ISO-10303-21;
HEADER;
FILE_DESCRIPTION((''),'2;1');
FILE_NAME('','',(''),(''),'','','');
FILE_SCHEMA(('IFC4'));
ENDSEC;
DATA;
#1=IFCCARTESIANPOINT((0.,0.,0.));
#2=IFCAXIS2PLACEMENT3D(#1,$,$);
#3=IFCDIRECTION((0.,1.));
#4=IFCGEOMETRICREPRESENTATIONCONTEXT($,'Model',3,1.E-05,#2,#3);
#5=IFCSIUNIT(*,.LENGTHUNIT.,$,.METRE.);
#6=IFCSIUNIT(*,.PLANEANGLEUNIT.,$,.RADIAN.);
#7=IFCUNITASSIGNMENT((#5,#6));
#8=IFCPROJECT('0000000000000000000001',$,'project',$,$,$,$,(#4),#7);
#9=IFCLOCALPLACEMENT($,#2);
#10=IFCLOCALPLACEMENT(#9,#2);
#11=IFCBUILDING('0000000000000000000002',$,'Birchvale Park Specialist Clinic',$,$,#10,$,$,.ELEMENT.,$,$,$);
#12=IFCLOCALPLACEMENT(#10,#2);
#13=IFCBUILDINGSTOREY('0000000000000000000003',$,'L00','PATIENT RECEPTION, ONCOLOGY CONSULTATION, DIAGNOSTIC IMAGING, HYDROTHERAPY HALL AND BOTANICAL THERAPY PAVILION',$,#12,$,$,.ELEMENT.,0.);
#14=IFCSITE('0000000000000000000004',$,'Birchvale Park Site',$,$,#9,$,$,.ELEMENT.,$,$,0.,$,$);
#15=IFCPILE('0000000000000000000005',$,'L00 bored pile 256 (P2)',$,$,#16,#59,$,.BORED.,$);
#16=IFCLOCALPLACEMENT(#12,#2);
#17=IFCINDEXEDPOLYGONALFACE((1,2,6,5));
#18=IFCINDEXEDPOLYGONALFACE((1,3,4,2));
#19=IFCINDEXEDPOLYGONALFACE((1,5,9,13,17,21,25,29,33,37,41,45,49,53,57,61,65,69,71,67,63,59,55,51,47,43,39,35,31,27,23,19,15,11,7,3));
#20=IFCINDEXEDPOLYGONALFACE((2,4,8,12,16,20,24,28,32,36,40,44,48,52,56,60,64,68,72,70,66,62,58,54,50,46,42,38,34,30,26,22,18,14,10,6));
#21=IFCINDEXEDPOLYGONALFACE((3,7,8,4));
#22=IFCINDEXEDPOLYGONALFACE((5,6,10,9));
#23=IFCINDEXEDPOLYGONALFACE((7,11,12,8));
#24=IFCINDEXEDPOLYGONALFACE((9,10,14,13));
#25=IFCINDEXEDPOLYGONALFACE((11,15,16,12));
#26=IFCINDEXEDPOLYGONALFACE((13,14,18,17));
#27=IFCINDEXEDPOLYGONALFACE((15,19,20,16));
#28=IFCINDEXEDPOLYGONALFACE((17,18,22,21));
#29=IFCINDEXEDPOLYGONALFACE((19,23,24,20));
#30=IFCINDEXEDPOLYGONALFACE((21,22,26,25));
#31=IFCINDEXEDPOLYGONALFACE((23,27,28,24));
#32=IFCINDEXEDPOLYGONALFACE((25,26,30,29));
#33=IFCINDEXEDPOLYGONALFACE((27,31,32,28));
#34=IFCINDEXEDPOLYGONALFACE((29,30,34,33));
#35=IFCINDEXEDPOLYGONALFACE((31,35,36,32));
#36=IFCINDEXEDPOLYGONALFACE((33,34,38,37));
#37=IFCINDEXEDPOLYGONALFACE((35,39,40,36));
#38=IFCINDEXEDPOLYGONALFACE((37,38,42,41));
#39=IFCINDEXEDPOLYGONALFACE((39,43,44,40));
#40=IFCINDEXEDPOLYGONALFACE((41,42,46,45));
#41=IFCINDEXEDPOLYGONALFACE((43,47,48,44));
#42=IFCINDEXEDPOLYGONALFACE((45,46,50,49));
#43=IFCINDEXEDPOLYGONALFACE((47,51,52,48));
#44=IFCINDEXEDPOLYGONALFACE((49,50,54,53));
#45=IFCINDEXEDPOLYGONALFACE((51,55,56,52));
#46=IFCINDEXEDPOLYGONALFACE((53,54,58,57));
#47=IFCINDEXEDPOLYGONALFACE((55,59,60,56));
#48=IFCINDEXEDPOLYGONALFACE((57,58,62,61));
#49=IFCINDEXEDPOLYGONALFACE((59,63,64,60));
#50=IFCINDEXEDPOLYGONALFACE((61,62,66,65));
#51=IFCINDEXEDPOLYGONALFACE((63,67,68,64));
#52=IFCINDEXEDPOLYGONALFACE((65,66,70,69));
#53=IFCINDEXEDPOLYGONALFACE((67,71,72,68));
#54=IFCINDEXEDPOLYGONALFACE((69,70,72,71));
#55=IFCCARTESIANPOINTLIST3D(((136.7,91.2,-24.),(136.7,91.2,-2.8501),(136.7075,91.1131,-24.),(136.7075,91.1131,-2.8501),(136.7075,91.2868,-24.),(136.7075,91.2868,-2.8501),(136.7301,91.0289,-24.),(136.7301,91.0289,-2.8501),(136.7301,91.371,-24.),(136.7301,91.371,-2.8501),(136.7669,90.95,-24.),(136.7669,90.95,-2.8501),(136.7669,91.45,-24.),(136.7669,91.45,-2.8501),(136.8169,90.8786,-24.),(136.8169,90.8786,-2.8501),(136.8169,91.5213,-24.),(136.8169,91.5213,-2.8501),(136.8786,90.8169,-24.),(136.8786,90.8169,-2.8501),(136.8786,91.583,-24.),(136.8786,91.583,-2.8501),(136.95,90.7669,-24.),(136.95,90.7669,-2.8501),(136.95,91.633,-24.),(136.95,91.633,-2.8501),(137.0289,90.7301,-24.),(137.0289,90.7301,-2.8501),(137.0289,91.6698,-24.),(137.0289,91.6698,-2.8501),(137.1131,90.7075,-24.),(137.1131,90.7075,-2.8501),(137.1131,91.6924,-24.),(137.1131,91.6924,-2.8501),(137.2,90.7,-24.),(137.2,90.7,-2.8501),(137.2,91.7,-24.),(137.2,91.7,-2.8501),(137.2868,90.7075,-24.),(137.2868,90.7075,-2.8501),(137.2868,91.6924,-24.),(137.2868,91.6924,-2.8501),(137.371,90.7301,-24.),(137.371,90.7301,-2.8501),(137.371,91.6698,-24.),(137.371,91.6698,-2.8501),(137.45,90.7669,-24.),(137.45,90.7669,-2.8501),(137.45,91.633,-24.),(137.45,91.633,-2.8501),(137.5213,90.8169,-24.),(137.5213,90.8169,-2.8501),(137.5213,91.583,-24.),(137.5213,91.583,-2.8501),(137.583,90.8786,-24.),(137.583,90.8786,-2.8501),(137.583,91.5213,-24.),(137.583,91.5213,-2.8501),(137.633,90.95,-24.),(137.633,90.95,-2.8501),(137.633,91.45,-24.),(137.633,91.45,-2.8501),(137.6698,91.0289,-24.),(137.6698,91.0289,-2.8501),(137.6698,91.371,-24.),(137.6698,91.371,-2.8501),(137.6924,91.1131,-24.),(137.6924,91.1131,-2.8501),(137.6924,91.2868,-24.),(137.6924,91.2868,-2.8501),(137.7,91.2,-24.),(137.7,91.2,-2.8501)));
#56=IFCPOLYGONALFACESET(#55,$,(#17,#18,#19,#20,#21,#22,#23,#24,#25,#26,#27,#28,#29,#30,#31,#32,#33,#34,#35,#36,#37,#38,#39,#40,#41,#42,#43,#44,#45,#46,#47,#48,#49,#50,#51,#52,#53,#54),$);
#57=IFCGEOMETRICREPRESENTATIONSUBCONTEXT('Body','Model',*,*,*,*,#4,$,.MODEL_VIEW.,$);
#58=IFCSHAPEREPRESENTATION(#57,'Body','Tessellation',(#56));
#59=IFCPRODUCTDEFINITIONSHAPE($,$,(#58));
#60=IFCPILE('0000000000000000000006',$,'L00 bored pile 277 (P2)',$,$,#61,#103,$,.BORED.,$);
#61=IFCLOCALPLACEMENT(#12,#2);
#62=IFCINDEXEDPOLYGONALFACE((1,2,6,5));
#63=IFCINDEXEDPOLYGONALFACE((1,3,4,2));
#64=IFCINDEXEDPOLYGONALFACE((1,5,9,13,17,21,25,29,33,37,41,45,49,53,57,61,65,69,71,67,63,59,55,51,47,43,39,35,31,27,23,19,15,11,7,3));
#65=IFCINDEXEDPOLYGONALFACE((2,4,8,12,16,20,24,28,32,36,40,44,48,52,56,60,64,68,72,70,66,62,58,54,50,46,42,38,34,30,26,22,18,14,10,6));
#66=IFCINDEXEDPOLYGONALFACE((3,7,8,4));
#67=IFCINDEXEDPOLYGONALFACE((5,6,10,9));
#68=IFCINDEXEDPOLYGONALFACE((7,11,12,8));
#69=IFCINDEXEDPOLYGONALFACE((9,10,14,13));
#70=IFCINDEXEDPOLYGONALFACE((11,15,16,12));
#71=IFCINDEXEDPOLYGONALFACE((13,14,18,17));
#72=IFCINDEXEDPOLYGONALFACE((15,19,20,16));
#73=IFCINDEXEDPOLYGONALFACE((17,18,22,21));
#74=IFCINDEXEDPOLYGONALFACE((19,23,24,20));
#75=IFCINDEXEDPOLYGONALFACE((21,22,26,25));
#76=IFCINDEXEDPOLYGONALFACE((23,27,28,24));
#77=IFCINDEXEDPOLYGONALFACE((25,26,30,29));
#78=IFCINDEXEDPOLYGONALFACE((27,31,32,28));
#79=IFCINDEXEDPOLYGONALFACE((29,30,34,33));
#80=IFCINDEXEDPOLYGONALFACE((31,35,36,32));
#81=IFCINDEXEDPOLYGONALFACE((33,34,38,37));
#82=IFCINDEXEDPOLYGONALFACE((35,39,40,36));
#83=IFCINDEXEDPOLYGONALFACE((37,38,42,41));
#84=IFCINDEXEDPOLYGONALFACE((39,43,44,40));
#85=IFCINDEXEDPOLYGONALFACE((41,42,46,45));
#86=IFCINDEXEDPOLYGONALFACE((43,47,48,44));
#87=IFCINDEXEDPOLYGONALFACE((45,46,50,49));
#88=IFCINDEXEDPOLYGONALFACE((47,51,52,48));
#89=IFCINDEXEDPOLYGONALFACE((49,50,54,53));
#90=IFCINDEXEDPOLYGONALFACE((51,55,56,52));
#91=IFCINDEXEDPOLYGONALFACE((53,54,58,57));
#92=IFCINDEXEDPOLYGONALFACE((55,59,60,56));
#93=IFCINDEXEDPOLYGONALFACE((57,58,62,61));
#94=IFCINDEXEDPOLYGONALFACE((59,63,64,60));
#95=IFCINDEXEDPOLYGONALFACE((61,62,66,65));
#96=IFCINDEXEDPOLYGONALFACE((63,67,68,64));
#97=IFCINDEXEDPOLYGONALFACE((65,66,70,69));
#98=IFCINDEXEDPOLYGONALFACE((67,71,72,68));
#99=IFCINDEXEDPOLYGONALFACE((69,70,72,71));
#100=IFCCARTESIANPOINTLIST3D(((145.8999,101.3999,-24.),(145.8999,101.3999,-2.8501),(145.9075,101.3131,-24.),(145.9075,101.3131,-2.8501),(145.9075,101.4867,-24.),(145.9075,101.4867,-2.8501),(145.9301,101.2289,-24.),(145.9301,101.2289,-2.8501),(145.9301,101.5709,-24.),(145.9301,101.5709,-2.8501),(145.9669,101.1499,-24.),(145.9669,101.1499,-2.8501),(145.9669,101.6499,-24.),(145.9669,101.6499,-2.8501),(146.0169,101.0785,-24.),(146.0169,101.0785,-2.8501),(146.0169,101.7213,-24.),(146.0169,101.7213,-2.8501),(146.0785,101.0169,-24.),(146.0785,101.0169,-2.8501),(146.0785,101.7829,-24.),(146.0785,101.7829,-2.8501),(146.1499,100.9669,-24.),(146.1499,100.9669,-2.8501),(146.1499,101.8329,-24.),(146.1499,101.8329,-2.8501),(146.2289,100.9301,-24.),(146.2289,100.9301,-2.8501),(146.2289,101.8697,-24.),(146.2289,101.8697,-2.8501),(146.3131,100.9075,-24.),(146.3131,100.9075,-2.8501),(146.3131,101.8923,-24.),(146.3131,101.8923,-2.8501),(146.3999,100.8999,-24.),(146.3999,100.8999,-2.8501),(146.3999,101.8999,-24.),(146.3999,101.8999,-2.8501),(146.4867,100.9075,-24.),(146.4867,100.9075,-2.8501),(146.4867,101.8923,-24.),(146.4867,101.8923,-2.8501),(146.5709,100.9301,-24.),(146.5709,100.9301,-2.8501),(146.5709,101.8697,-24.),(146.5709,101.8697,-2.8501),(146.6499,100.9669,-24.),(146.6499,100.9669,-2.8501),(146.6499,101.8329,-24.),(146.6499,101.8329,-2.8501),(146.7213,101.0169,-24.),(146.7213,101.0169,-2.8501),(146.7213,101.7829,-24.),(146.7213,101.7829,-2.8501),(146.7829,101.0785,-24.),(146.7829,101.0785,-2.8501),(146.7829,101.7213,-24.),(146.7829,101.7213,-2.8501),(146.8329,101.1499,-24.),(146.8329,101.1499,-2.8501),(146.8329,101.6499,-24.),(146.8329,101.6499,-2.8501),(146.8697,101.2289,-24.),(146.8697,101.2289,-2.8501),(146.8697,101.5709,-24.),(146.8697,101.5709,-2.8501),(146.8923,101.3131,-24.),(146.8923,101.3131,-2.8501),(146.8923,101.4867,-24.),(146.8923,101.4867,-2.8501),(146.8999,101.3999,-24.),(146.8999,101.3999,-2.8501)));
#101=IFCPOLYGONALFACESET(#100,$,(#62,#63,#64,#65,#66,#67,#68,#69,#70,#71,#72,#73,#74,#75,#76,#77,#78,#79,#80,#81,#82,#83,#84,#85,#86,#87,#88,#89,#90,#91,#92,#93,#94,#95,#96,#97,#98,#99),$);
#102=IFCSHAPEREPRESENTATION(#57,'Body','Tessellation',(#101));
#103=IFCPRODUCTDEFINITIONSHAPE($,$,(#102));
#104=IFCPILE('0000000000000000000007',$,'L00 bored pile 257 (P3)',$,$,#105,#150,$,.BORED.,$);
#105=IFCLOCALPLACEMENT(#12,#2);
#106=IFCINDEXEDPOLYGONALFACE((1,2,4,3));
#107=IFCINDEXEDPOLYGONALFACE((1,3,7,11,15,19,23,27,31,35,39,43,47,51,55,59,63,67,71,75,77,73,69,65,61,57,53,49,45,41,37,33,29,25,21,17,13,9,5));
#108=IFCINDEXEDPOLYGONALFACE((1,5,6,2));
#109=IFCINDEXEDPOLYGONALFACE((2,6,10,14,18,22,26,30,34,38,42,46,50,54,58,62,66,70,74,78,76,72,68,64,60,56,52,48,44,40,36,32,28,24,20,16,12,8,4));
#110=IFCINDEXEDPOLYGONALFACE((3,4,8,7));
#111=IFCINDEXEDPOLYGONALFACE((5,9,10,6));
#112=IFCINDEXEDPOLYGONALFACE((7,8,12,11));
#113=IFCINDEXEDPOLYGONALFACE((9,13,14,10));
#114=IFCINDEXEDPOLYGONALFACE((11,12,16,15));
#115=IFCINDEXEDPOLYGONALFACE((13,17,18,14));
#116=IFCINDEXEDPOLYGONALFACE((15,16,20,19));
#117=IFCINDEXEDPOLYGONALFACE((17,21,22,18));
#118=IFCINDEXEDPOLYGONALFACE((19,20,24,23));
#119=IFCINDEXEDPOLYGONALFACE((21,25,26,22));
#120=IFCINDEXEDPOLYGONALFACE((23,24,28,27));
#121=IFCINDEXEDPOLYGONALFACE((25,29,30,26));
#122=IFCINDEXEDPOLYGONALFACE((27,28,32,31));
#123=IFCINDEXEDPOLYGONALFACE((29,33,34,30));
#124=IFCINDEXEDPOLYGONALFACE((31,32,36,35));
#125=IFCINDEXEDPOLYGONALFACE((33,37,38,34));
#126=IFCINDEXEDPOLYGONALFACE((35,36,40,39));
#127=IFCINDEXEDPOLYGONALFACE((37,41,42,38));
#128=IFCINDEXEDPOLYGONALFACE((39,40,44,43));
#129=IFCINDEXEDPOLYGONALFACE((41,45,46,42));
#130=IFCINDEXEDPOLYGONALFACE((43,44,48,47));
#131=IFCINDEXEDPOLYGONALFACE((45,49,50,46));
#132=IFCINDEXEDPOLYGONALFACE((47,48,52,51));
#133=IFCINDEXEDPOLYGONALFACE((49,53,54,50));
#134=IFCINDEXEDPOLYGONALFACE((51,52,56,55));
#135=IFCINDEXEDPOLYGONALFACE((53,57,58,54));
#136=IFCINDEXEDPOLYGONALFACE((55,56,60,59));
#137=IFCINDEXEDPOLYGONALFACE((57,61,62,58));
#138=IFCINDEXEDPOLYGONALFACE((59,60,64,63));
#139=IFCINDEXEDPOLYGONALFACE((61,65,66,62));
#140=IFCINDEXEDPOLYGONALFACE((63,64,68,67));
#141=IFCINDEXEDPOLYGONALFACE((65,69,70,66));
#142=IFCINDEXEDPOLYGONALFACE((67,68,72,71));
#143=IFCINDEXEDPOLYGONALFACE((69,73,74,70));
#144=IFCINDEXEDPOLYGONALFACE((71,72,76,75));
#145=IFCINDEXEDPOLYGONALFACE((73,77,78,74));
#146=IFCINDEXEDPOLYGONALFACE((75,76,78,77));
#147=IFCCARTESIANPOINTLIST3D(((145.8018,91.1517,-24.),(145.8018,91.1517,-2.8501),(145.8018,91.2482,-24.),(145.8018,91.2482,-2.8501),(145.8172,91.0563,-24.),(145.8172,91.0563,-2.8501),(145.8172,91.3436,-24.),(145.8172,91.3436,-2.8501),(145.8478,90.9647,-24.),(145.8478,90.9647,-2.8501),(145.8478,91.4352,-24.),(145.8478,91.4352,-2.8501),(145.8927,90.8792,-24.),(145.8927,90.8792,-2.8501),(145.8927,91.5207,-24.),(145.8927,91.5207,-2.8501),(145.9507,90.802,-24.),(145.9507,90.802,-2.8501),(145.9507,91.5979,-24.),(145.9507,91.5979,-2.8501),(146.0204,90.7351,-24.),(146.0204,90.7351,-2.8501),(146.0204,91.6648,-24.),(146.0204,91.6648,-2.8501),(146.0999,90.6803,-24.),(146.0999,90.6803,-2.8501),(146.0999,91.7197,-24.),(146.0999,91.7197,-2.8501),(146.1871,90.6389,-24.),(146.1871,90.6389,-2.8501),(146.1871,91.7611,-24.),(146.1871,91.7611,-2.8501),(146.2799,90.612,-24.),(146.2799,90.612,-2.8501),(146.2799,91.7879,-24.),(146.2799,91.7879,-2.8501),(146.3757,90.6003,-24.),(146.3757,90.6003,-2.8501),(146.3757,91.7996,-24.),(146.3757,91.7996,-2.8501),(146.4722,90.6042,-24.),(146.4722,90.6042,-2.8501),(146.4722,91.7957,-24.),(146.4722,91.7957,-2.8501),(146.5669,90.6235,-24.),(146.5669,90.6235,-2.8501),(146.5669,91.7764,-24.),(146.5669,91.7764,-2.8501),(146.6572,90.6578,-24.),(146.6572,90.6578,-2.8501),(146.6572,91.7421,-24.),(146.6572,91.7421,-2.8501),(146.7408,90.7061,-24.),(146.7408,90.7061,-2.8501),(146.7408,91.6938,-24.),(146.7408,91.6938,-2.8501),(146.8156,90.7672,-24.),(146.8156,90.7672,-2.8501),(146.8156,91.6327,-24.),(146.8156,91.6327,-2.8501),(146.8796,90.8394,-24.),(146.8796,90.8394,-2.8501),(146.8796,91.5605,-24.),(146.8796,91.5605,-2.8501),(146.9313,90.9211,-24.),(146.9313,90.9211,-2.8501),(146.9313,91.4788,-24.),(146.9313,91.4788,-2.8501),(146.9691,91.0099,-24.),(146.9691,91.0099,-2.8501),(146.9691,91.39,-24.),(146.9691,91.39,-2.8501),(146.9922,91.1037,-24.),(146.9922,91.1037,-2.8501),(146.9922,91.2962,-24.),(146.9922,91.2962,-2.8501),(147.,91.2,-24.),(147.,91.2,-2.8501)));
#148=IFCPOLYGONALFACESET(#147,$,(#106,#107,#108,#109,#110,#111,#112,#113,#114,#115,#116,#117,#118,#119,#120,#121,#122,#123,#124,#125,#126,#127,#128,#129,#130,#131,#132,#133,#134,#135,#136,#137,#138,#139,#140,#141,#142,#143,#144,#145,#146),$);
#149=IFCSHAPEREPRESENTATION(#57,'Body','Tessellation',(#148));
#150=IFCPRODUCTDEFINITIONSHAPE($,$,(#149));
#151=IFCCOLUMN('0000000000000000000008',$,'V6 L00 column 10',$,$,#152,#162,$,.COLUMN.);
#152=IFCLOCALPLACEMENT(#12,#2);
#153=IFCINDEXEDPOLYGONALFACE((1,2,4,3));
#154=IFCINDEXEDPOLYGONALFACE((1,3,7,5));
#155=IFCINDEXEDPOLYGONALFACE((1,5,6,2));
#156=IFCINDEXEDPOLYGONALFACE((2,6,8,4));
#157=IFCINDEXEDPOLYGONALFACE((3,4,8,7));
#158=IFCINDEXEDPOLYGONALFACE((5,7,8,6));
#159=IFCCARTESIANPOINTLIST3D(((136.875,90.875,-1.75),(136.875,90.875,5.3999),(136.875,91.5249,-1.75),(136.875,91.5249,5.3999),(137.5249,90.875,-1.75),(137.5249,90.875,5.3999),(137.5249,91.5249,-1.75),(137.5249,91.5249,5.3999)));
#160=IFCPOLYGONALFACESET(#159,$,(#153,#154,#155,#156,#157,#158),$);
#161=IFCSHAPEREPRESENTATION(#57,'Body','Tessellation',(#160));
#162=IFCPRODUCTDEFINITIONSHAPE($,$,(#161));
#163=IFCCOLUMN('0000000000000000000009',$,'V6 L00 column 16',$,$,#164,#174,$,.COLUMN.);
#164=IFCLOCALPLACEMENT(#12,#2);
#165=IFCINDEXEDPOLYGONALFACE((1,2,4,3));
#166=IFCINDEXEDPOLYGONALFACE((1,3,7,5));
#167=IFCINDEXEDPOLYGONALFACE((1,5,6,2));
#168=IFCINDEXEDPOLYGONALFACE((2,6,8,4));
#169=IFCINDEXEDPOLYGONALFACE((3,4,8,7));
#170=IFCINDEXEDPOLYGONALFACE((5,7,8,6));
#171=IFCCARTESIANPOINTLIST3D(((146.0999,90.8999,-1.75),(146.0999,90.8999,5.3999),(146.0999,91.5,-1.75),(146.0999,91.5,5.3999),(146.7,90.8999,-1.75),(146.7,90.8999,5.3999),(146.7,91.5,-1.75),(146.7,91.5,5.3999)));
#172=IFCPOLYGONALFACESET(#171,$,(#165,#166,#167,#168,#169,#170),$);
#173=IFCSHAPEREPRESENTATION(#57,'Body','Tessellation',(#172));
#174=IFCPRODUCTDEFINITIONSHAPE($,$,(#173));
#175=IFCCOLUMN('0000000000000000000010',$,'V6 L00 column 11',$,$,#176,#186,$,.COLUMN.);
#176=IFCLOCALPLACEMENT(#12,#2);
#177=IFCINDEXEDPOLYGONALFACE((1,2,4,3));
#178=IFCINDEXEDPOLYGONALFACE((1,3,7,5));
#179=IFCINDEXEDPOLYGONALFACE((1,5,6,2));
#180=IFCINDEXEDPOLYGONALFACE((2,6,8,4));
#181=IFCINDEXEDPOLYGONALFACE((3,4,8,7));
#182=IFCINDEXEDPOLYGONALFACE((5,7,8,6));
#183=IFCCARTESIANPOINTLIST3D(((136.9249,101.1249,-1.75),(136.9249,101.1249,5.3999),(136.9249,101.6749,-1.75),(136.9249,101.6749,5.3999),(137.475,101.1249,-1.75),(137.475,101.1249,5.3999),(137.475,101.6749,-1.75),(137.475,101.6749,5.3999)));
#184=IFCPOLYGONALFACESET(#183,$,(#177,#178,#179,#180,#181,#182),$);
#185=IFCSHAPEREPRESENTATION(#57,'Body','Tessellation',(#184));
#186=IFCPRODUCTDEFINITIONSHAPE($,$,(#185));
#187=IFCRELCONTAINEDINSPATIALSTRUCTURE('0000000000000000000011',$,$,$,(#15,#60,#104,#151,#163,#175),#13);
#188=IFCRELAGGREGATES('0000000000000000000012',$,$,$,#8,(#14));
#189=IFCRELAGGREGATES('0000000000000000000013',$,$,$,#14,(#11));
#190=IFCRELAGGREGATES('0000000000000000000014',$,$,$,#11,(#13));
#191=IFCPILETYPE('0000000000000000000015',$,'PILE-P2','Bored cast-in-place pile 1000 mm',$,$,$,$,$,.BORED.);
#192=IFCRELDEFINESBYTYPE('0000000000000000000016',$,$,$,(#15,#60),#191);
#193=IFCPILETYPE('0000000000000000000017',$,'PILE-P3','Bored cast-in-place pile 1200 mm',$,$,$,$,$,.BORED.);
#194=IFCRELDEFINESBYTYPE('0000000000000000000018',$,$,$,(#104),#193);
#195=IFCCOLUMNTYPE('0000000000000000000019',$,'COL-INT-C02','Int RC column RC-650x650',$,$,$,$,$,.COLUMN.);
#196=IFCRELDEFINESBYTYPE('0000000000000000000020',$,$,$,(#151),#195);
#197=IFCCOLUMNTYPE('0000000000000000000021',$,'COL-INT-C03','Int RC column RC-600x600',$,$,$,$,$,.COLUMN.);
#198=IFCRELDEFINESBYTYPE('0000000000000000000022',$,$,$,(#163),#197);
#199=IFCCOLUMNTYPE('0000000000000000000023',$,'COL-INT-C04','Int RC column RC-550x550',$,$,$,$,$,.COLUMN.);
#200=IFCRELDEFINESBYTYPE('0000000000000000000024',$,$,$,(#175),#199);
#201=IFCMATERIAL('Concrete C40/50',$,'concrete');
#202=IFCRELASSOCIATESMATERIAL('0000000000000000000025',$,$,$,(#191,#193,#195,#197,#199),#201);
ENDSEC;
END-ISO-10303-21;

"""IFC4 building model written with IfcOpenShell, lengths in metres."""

from ifc_helpers import new_model, si_unit, direction, frame, origin, origin_2d, place, context, subcontext, project, spatial, rectangle, circle, extrude, material, material_profile, profile_set, type_object, element, save


model = new_model("IFC4")

# Units and contexts
model_context = context("Model", 3, precision=1e-05, world=origin(), true_north=direction((0.0, 1.0)))
body_context = subcontext(model_context, "Body", "Model", "MODEL_VIEW")
ifc_project = project(units=[si_unit("LENGTHUNIT", "METRE"), si_unit("PLANEANGLEUNIT", "RADIAN")], contexts=[model_context])

# Site, building, storey
site_placement = place(None, origin())
site = spatial("IfcSite", under=ifc_project, at=site_placement, Name="Birchvale Park Site", CompositionType="ELEMENT", RefElevation=0.0)
building_placement = place(site_placement, origin())
building = spatial("IfcBuilding", under=site, at=building_placement, Name="Birchvale Park Specialist Clinic", CompositionType="ELEMENT")
storey_placement = place(building_placement, origin())
storey = spatial("IfcBuildingStorey", under=building, at=storey_placement, Name="L00", Description="PATIENT RECEPTION, ONCOLOGY CONSULTATION, DIAGNOSTIC IMAGING, HYDROTHERAPY HALL AND BOTANICAL THERAPY PAVILION", CompositionType="ELEMENT", Elevation=0.0)

# Shared definitions
ifc_material_1 = material(Name="Concrete C40/50", Category="concrete")

# Piles
ifc_material_profile_1 = material_profile(ifc_material_1, circle(Radius=0.5, at=origin_2d()), Name="PILE-1000")
ifc_profile_set_1 = profile_set([ifc_material_profile_1], Name="Concrete C40/50")
pile_type_1 = type_object("IfcPileType", Name="PILE-P2", Description="Bored cast-in-place pile 1000 mm", PredefinedType="BORED", material=ifc_profile_set_1)
for number, where, z_axis, x_axis, name in (
    (1, (137.2, 91.2, -2.8501), (0.0, 0.0, -1.0), (1.0, 0.0, 0.0), "L00 bored pile 256 (P2)"),
    (2, (146.3999, 101.3999, -2.8501), (0.0, 0.0, -1.0), (1.0, 0.0, 0.0), "L00 bored pile 277 (P2)"),
):
    element("IfcPile", number, at=place(storey_placement, frame(where, z_axis=z_axis, x_axis=x_axis)), inside=storey, type_object=pile_type_1, Name=name, PredefinedType="BORED", context=body_context, shape_type="SweptSolid", body=[
        extrude(circle(Radius=0.5, at=origin_2d()), origin(), (0.0, 0.0, 1.0), 21.1499),
    ])
ifc_material_profile_2 = material_profile(ifc_material_1, circle(Radius=0.6001, at=origin_2d()), Name="PILE-1200")
ifc_profile_set_2 = profile_set([ifc_material_profile_2], Name="Concrete C40/50")
pile_type_2 = type_object("IfcPileType", Name="PILE-P3", Description="Bored cast-in-place pile 1200 mm", PredefinedType="BORED", material=ifc_profile_set_2)
pile_1_placement = place(storey_placement, frame((146.3999, 91.2, -2.8501), z_axis=(0.0, 0.0, -1.0), x_axis=(1.0, 0.0, 0.0)))
element("IfcPile", 3, at=pile_1_placement, inside=storey, type_object=pile_type_2, Name="L00 bored pile 257 (P3)", PredefinedType="BORED", context=body_context, shape_type="SweptSolid", body=[
    extrude(circle(Radius=0.6001, at=origin_2d()), origin(), (0.0, 0.0, 1.0), 21.1499),
])

# Columns
ifc_material_profile_3 = material_profile(ifc_material_1, rectangle(XDim=0.6499, YDim=0.6499, at=origin_2d()), Name="RC-650x650")
ifc_profile_set_3 = profile_set([ifc_material_profile_3], Name="Concrete C40/50")
column_type_1 = type_object("IfcColumnType", Name="COL-INT-C02", Description="Int RC column RC-650x650", PredefinedType="COLUMN", material=ifc_profile_set_3)
column_1_placement = place(storey_placement, frame((137.2, 91.2, -1.75), z_axis=(0.0, 0.0, 1.0), x_axis=(1.0, 0.0, 0.0)))
element("IfcColumn", 4, at=column_1_placement, inside=storey, type_object=column_type_1, Name="V6 L00 column 10", PredefinedType="COLUMN", context=body_context, shape_type="SweptSolid", body=[
    extrude(rectangle(XDim=0.6499, YDim=0.6499, at=origin_2d()), origin(), (0.0, 0.0, 1.0), 7.1499),
])
ifc_material_profile_4 = material_profile(ifc_material_1, rectangle(XDim=0.6001, YDim=0.6001, at=origin_2d()), Name="RC-600x600")
ifc_profile_set_4 = profile_set([ifc_material_profile_4], Name="Concrete C40/50")
column_type_2 = type_object("IfcColumnType", Name="COL-INT-C03", Description="Int RC column RC-600x600", PredefinedType="COLUMN", material=ifc_profile_set_4)
column_2_placement = place(storey_placement, frame((146.3999, 91.2, -1.75), z_axis=(0.0, 0.0, 1.0), x_axis=(1.0, 0.0, 0.0)))
element("IfcColumn", 5, at=column_2_placement, inside=storey, type_object=column_type_2, Name="V6 L00 column 16", PredefinedType="COLUMN", context=body_context, shape_type="SweptSolid", body=[
    extrude(rectangle(XDim=0.6001, YDim=0.6001, at=origin_2d()), origin(), (0.0, 0.0, 1.0), 7.1499),
])
ifc_material_profile_5 = material_profile(ifc_material_1, rectangle(XDim=0.55, YDim=0.55, at=origin_2d()), Name="RC-550x550")
ifc_profile_set_5 = profile_set([ifc_material_profile_5], Name="Concrete C40/50")
column_type_3 = type_object("IfcColumnType", Name="COL-INT-C04", Description="Int RC column RC-550x550", PredefinedType="COLUMN", material=ifc_profile_set_5)
column_3_placement = place(storey_placement, frame((137.2, 101.3999, -1.75), z_axis=(0.0, 0.0, 1.0), x_axis=(1.0, 0.0, 0.0)))
element("IfcColumn", 6, at=column_3_placement, inside=storey, type_object=column_type_3, Name="V6 L00 column 11", PredefinedType="COLUMN", context=body_context, shape_type="SweptSolid", body=[
    extrude(rectangle(XDim=0.55, YDim=0.55, at=origin_2d()), origin(), (0.0, 0.0, 1.0), 7.1499),
])

save(model, "model.ifc")
